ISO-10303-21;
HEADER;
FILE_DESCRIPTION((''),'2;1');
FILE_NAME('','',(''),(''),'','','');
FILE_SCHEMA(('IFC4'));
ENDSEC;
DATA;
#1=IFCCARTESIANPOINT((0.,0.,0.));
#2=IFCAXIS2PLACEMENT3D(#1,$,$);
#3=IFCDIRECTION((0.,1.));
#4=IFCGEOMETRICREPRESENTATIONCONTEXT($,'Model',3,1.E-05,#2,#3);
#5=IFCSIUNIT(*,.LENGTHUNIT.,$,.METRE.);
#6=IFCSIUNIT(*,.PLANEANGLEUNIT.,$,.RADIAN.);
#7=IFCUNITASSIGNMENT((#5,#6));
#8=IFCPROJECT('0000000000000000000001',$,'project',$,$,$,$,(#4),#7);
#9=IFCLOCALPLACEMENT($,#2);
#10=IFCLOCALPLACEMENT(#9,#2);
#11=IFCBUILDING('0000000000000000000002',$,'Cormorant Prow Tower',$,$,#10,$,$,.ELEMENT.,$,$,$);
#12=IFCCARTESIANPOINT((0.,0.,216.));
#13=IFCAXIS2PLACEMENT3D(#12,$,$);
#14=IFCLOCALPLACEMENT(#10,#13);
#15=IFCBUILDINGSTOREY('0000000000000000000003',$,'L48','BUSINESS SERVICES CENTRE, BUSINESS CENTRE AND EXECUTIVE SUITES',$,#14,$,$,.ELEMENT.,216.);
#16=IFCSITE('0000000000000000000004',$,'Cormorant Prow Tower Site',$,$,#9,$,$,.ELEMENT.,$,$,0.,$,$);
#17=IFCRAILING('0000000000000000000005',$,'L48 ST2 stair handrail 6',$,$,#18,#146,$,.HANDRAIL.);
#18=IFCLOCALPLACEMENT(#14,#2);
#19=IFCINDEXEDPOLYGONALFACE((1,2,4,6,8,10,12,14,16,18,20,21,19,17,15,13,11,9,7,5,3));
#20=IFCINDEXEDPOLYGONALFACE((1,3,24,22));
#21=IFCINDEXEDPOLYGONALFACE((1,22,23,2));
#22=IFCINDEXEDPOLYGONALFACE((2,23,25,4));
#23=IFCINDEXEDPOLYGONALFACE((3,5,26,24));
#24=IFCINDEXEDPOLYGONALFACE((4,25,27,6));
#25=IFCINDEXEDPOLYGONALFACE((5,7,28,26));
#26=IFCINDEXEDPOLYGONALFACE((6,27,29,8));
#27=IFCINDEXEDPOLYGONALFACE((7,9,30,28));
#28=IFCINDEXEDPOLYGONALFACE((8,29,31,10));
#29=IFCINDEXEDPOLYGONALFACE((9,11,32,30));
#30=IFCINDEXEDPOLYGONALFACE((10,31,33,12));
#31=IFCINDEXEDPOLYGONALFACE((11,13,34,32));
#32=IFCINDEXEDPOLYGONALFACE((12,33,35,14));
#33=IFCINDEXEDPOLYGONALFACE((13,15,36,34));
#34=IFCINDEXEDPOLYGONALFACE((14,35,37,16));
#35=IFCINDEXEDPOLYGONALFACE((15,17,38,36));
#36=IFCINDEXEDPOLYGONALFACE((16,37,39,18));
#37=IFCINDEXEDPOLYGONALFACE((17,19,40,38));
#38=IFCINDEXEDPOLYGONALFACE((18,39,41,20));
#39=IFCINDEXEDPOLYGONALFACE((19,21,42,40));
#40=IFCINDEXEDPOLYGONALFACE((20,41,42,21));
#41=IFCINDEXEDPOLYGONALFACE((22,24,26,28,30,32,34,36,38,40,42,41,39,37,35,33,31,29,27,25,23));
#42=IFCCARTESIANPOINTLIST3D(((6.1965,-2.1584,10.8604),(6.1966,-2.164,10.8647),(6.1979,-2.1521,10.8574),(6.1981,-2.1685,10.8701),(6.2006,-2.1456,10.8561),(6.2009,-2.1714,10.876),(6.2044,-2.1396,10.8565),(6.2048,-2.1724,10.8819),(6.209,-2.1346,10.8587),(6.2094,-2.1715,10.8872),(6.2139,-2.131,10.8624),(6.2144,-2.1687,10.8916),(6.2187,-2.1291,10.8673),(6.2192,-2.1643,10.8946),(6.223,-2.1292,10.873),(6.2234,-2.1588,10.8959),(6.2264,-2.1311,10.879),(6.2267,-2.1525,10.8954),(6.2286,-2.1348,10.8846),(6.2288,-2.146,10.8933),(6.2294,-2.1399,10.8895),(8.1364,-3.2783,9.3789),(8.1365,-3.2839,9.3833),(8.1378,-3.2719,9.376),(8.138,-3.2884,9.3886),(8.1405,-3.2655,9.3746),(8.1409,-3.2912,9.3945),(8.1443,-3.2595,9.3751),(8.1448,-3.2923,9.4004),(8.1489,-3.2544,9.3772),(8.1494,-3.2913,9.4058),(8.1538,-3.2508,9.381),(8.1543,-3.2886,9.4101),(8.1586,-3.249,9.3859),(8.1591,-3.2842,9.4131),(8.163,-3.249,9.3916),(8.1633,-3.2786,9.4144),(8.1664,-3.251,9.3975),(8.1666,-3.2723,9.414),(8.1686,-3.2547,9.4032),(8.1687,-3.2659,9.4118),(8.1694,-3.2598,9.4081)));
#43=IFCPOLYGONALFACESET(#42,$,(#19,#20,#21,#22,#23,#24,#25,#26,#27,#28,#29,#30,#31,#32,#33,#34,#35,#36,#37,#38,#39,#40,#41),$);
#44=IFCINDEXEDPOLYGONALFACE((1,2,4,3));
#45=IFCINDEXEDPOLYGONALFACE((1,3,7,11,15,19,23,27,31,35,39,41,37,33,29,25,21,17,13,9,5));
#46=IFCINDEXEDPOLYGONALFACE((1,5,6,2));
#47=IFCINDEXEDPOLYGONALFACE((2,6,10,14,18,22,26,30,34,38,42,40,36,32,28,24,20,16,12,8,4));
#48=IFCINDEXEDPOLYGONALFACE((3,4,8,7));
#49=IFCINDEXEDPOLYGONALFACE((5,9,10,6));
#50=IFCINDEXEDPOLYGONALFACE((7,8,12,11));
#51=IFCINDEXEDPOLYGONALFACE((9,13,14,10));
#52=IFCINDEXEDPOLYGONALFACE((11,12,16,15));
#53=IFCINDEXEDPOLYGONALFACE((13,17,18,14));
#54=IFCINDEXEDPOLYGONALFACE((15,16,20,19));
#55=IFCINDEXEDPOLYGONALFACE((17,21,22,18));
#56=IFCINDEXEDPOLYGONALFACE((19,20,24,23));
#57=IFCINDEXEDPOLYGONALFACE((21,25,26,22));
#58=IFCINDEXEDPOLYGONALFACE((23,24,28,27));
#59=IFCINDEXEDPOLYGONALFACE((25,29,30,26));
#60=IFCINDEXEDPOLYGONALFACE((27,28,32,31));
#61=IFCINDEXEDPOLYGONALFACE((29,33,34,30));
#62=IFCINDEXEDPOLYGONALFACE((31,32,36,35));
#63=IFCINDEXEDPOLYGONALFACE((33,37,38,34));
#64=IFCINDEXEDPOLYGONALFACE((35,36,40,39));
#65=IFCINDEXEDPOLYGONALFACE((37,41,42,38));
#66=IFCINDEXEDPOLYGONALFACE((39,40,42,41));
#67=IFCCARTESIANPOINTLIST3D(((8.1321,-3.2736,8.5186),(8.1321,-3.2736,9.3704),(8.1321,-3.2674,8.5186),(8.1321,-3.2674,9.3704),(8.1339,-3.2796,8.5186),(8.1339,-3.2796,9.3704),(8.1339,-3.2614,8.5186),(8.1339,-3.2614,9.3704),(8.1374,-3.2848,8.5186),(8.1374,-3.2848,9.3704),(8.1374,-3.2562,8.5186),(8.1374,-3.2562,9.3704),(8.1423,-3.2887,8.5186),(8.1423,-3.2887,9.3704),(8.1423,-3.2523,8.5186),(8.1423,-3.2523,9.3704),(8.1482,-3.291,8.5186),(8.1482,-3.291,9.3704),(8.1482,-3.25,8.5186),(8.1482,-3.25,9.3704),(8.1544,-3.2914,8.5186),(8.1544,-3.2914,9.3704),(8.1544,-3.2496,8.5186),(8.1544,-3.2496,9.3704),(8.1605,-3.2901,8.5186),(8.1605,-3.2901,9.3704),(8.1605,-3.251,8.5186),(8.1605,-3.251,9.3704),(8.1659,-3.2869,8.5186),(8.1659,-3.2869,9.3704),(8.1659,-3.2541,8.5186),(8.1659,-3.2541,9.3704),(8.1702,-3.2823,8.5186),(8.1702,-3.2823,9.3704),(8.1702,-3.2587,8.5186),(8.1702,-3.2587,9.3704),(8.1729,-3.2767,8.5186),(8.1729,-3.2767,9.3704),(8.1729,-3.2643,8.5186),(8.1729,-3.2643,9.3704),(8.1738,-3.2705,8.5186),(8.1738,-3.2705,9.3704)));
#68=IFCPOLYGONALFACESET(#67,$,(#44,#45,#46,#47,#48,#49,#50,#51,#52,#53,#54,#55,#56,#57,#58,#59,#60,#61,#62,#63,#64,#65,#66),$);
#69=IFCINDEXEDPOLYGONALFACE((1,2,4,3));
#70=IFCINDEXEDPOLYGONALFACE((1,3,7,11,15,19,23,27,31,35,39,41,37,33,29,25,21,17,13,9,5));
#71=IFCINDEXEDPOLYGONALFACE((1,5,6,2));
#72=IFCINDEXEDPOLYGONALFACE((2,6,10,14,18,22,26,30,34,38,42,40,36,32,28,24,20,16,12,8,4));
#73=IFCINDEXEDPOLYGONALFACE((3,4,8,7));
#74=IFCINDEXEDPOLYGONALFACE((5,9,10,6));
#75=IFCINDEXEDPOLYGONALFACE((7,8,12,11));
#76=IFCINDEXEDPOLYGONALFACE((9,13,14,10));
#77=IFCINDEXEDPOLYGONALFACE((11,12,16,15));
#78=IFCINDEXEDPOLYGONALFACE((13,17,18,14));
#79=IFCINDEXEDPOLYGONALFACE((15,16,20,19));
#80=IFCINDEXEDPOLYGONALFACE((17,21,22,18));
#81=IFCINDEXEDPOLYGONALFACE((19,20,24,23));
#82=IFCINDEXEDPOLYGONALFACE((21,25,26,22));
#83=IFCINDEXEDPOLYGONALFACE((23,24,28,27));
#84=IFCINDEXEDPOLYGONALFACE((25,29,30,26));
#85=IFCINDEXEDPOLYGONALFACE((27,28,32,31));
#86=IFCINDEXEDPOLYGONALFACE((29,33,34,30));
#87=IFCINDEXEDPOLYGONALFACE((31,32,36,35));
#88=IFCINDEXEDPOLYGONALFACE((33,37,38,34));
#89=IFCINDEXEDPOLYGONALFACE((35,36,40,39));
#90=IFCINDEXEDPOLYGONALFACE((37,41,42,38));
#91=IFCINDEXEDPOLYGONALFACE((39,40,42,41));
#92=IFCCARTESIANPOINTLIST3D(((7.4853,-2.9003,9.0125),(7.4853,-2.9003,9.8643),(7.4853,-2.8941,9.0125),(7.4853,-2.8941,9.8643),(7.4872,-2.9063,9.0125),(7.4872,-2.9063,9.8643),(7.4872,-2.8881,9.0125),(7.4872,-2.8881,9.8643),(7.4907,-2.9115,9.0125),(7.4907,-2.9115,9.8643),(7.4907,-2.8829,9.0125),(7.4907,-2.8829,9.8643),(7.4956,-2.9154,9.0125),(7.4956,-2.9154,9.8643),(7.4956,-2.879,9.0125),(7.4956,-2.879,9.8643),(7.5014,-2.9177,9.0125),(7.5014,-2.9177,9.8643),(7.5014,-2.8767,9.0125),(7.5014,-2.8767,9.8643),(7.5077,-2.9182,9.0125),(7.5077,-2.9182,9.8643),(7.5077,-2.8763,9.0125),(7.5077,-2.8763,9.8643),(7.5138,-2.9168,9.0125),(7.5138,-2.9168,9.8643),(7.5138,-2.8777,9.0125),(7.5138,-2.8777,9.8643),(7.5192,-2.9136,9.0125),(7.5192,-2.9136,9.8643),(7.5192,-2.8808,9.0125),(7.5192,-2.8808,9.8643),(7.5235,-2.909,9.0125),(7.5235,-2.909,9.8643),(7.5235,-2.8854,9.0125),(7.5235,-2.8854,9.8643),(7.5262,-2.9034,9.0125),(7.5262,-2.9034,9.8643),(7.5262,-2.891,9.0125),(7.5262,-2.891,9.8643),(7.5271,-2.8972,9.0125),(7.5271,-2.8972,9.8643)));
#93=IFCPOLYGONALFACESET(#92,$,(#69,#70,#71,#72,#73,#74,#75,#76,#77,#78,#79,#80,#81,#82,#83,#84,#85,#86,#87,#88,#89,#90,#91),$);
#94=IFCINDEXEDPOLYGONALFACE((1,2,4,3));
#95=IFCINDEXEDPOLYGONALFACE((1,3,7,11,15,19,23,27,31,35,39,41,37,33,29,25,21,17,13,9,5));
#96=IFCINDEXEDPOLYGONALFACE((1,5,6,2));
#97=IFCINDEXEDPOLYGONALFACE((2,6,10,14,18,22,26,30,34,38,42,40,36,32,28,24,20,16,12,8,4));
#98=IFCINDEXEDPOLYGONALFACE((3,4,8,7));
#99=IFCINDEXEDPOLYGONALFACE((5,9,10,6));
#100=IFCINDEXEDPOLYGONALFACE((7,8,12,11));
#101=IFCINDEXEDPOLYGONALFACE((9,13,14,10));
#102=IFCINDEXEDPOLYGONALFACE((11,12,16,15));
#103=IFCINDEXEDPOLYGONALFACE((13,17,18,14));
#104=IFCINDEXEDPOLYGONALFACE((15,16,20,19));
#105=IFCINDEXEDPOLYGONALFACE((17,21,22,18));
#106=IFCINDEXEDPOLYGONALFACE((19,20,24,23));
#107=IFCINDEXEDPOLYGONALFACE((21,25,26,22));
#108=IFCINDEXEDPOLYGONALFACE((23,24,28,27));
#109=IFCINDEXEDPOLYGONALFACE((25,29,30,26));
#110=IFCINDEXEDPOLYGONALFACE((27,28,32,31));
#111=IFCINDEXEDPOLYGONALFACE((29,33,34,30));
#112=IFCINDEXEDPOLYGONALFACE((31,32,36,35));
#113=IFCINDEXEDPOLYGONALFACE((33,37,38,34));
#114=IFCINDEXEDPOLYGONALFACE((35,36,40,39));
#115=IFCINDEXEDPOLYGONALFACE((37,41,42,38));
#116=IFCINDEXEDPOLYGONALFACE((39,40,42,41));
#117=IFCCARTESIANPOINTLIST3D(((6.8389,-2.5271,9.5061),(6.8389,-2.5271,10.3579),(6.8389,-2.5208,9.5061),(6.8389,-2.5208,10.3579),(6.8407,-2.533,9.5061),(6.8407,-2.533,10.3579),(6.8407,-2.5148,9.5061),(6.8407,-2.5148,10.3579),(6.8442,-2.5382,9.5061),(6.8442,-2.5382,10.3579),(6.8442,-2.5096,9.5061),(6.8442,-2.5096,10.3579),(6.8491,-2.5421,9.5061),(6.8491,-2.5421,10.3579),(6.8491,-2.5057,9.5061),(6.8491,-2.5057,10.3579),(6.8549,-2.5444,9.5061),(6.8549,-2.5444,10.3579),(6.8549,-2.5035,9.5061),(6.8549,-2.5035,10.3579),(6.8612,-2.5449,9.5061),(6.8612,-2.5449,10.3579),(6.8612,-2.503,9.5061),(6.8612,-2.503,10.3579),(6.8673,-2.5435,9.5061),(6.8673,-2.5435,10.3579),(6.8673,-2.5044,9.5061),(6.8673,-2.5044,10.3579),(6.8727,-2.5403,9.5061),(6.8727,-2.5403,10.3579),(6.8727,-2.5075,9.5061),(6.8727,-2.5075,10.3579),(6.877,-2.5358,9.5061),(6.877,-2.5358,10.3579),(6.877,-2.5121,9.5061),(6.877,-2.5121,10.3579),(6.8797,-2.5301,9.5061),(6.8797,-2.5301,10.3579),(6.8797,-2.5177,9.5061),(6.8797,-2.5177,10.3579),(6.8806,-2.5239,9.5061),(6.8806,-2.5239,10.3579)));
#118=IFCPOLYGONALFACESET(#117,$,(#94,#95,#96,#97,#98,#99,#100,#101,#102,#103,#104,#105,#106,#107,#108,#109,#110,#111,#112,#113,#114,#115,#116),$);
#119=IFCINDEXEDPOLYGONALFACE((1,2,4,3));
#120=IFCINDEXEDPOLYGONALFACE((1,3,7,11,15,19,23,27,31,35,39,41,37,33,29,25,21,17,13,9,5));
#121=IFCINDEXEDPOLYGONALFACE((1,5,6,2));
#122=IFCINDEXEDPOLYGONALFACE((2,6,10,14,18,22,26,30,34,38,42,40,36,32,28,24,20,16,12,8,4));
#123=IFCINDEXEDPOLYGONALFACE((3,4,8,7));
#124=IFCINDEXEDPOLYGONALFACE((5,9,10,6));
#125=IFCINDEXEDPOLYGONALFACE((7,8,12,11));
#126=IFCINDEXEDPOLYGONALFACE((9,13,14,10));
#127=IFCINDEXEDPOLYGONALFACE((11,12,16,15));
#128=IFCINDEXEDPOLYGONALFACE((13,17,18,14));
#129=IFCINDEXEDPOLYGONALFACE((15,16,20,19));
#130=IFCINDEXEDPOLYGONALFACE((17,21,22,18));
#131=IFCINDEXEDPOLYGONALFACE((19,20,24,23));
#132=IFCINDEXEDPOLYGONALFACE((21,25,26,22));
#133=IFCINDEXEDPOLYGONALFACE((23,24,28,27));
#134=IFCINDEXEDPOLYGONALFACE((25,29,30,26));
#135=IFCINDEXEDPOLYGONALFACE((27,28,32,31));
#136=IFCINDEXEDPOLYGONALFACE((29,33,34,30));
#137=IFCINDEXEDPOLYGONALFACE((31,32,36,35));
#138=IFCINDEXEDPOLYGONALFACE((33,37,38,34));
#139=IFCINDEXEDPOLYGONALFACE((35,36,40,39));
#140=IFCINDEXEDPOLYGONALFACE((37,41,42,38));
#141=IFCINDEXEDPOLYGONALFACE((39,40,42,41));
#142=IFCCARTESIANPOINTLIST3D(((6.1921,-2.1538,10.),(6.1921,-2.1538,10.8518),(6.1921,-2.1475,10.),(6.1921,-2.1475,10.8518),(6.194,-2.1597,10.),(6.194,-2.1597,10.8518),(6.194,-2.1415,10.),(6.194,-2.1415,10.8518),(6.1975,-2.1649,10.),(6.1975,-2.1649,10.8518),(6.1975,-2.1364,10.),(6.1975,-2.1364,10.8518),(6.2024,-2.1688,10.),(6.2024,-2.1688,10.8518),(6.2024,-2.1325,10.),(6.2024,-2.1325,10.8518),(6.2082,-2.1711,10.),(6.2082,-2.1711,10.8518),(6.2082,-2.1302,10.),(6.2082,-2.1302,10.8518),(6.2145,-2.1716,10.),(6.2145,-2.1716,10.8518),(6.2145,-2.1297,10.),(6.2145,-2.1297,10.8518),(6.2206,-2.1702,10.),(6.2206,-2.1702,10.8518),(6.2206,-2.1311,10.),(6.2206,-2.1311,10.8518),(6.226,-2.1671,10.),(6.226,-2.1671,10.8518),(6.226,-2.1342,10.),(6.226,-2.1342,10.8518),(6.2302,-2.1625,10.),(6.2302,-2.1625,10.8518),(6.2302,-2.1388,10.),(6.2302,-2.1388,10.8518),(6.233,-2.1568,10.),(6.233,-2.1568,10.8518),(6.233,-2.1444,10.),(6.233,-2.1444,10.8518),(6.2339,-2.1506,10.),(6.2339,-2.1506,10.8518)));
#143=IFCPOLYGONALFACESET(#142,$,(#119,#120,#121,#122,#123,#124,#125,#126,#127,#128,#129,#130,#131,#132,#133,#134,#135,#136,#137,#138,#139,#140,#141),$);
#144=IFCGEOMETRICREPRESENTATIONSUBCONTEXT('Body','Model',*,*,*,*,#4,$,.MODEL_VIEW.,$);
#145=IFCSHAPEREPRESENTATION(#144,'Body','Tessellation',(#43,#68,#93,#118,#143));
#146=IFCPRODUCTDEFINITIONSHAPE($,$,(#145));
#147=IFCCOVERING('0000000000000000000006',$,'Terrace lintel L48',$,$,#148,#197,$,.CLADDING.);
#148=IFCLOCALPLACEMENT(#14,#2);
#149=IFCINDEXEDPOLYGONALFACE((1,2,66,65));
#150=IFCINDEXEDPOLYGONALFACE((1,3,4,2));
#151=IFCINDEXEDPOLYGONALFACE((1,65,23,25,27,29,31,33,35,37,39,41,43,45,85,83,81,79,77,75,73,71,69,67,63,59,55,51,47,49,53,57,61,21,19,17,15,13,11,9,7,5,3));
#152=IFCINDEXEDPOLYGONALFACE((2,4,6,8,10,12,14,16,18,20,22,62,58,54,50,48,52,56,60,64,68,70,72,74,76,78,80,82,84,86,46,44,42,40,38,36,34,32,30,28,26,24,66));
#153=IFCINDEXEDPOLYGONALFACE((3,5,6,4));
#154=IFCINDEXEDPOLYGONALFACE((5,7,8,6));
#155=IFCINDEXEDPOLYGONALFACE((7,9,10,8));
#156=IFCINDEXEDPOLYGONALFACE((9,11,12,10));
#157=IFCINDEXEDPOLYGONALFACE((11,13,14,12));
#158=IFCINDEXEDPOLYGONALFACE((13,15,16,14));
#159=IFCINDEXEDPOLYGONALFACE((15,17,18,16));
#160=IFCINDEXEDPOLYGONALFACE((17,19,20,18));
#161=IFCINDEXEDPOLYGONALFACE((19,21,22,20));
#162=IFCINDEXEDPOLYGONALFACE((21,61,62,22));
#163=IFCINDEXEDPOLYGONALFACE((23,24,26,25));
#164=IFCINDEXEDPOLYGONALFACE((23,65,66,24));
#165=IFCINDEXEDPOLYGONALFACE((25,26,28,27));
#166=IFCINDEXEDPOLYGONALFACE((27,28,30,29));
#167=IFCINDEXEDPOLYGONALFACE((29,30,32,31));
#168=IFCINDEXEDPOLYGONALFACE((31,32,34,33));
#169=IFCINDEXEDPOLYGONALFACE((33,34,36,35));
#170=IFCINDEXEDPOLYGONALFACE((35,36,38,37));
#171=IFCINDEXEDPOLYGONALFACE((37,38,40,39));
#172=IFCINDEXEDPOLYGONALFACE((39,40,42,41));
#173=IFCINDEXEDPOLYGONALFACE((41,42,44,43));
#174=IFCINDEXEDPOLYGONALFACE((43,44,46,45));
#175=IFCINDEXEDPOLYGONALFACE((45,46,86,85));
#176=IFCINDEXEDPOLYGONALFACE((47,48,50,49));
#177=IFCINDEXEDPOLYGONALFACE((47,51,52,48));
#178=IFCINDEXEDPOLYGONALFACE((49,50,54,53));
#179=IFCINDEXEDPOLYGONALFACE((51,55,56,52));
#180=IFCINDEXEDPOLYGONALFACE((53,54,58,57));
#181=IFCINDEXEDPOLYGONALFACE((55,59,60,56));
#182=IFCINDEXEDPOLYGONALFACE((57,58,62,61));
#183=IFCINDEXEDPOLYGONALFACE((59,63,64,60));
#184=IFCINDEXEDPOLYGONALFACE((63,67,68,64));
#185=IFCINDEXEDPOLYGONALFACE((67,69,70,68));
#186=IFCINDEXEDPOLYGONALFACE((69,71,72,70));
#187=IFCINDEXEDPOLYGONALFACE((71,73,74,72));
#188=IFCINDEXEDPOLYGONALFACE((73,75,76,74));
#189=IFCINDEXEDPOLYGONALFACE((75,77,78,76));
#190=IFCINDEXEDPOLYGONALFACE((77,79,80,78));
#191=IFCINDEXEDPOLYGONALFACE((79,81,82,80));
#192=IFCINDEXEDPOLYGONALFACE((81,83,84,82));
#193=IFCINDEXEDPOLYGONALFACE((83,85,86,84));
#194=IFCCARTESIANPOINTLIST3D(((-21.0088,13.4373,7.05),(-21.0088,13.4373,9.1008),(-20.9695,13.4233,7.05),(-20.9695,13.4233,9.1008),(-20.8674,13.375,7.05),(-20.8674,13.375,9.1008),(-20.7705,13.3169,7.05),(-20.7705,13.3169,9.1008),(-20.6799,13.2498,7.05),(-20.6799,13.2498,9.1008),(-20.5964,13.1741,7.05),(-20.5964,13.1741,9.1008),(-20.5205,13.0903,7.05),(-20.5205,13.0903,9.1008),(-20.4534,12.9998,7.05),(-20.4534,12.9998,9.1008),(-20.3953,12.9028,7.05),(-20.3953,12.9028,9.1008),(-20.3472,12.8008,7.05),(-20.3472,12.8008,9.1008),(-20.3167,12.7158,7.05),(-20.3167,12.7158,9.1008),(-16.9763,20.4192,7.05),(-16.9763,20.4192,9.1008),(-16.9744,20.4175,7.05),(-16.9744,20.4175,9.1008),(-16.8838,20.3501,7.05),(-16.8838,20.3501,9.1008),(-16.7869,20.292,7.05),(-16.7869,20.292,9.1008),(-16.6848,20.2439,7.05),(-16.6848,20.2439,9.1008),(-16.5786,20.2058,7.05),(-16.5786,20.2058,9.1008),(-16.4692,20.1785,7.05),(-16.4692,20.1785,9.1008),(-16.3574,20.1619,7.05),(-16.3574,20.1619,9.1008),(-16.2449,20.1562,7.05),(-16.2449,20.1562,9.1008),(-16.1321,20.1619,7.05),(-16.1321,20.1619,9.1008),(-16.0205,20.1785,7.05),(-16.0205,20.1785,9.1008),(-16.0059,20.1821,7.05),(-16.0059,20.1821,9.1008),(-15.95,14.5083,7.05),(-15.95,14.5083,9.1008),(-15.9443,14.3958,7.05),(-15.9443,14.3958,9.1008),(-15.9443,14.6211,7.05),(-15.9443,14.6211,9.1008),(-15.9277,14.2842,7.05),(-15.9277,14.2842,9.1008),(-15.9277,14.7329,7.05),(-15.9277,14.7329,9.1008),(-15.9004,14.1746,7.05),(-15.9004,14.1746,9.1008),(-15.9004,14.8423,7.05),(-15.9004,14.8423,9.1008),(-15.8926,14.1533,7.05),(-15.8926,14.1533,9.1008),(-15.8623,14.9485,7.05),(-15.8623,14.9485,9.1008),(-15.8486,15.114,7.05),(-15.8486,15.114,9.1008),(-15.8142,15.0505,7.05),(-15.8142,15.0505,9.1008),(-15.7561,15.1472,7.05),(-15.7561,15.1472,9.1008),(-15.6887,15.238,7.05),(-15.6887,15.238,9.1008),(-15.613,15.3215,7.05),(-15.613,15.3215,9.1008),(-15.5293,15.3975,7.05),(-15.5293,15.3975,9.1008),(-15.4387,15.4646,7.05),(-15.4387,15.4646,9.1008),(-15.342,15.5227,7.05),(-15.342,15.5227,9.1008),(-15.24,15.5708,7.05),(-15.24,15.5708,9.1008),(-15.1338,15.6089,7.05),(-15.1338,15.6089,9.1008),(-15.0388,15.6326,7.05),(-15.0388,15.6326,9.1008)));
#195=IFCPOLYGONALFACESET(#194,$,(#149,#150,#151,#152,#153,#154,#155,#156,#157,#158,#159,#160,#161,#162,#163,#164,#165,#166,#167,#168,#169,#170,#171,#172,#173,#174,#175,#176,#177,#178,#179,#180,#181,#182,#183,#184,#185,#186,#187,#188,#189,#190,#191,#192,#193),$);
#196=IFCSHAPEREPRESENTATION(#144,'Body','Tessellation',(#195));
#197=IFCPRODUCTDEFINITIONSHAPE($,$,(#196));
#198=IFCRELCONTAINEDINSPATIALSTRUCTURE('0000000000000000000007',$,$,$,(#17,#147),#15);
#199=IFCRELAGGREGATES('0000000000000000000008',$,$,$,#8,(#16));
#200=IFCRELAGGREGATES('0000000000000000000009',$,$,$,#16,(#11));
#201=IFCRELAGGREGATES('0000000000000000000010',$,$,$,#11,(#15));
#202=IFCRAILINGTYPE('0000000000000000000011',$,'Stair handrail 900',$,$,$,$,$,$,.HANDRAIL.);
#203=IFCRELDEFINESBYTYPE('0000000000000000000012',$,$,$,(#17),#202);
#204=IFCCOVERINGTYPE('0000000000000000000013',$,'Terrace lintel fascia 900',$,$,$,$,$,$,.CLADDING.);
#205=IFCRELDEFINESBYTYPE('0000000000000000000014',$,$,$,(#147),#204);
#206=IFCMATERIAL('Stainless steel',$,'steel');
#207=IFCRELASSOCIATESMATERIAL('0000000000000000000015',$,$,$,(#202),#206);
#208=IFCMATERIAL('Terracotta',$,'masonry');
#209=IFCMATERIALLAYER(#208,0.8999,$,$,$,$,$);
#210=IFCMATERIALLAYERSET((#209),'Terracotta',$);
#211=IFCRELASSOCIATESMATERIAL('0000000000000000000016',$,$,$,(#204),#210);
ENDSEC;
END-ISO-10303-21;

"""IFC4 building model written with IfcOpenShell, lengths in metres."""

from ifc_helpers import new_model, si_unit, direction, frame, origin, origin_2d, place, context, subcontext, project, spatial, polyline, circle, outline, extrude, material, layer, layer_set, type_object, element, save


model = new_model("IFC4")

# Units and contexts
model_context = context("Model", 3, precision=1e-05, world=origin(), true_north=direction((0.0, 1.0)))
body_context = subcontext(model_context, "Body", "Model", "MODEL_VIEW")
ifc_project = project(units=[si_unit("LENGTHUNIT", "METRE"), si_unit("PLANEANGLEUNIT", "RADIAN")], contexts=[model_context])

# Site, building, storey
site_placement = place(None, origin())
site = spatial("IfcSite", under=ifc_project, at=site_placement, Name="Cormorant Prow Tower Site", CompositionType="ELEMENT", RefElevation=0.0)
building_placement = place(site_placement, origin())
building = spatial("IfcBuilding", under=site, at=building_placement, Name="Cormorant Prow Tower", CompositionType="ELEMENT")
storey_placement = place(building_placement, frame((0.0, 0.0, 216.0)))
storey = spatial("IfcBuildingStorey", under=building, at=storey_placement, Name="L48", Description="BUSINESS SERVICES CENTRE, BUSINESS CENTRE AND EXECUTIVE SUITES", CompositionType="ELEMENT", Elevation=216.0)

# Railing
ifc_material_1 = material(Name="Stainless steel", Category="steel")
railing_type_1 = type_object("IfcRailingType", Name="Stair handrail 900", PredefinedType="HANDRAIL", material=ifc_material_1)
railing_1_placement = place(storey_placement, frame((8.1528, -3.2705, 8.5186)))
element("IfcRailing", 1, at=railing_1_placement, inside=storey, type_object=railing_type_1, Name="L48 ST2 stair handrail 6", PredefinedType="HANDRAIL", context=body_context, shape_type="SweptSolid", body=[
    extrude(circle(Radius=0.0239, at=origin_2d()), frame((0.0, 0.0, 0.876), z_axis=(-0.722363, 0.417, 0.551636), x_axis=(-0.499949, -0.866055, 0.0)), (0.0, 0.0, 1.0), 2.6855),
    extrude(circle(Radius=0.021, at=origin_2d()), origin(), (0.0, 0.0, 1.0), 0.8518),
    extrude(circle(Radius=0.021, at=origin_2d()), frame((-0.6467, 0.3733, 0.4939)), (0.0, 0.0, 1.0), 0.8518),
    extrude(circle(Radius=0.021, at=origin_2d()), frame((-1.2932, 0.7466, 0.9875)), (0.0, 0.0, 1.0), 0.8518),
    extrude(circle(Radius=0.021, at=origin_2d()), frame((-1.9399, 1.1199, 1.4814)), (0.0, 0.0, 1.0), 0.8518),
])

# Covering
ifc_material_2 = material(Name="Terracotta", Category="masonry")
ifc_layer_1 = layer(ifc_material_2, 0.8999)
ifc_layer_set_1 = layer_set([ifc_layer_1], Name="Terracotta")
covering_type = type_object("IfcCoveringType", Name="Terrace lintel fascia 900", PredefinedType="CLADDING", material=ifc_layer_set_1)
covering_1_placement = place(storey_placement, frame((0.0, 0.0, 7.05)))
element("IfcCovering", 2, at=covering_1_placement, inside=storey, type_object=covering_type, Name="Terrace lintel L48", PredefinedType="CLADDING", context=body_context, shape_type="SweptSolid", body=[
    extrude(outline(polyline([(-15.0388, 15.6326), (-15.1338, 15.6089), (-15.24, 15.5708), (-15.342, 15.5227), (-15.4387, 15.4646), (-15.5293, 15.3975), (-15.613, 15.3215), (-15.6887, 15.238), (-15.7561, 15.1472), (-15.8142, 15.0505), (-15.8623, 14.9485), (-15.9004, 14.8423), (-15.9277, 14.7329), (-15.9443, 14.6211), (-15.95, 14.5083), (-15.9443, 14.3958), (-15.9277, 14.2842), (-15.9004, 14.1746), (-15.8926, 14.1533), (-20.3167, 12.7158), (-20.3472, 12.8008), (-20.3953, 12.9028), (-20.4534, 12.9998), (-20.5205, 13.0903), (-20.5964, 13.1741), (-20.6799, 13.2498), (-20.7705, 13.3169), (-20.8674, 13.375), (-20.9695, 13.4233), (-21.0088, 13.4373), (-15.8486, 15.114), (-16.9763, 20.4192), (-16.9744, 20.4175), (-16.8838, 20.3501), (-16.7869, 20.292), (-16.6848, 20.2439), (-16.5786, 20.2058), (-16.4692, 20.1785), (-16.3574, 20.1619), (-16.2449, 20.1562), (-16.1321, 20.1619), (-16.0205, 20.1785), (-16.0059, 20.1821), (-15.0388, 15.6326)])), origin(), (0.0, 0.0, 1.0), 2.0508),
])

save(model, "model.ifc")
